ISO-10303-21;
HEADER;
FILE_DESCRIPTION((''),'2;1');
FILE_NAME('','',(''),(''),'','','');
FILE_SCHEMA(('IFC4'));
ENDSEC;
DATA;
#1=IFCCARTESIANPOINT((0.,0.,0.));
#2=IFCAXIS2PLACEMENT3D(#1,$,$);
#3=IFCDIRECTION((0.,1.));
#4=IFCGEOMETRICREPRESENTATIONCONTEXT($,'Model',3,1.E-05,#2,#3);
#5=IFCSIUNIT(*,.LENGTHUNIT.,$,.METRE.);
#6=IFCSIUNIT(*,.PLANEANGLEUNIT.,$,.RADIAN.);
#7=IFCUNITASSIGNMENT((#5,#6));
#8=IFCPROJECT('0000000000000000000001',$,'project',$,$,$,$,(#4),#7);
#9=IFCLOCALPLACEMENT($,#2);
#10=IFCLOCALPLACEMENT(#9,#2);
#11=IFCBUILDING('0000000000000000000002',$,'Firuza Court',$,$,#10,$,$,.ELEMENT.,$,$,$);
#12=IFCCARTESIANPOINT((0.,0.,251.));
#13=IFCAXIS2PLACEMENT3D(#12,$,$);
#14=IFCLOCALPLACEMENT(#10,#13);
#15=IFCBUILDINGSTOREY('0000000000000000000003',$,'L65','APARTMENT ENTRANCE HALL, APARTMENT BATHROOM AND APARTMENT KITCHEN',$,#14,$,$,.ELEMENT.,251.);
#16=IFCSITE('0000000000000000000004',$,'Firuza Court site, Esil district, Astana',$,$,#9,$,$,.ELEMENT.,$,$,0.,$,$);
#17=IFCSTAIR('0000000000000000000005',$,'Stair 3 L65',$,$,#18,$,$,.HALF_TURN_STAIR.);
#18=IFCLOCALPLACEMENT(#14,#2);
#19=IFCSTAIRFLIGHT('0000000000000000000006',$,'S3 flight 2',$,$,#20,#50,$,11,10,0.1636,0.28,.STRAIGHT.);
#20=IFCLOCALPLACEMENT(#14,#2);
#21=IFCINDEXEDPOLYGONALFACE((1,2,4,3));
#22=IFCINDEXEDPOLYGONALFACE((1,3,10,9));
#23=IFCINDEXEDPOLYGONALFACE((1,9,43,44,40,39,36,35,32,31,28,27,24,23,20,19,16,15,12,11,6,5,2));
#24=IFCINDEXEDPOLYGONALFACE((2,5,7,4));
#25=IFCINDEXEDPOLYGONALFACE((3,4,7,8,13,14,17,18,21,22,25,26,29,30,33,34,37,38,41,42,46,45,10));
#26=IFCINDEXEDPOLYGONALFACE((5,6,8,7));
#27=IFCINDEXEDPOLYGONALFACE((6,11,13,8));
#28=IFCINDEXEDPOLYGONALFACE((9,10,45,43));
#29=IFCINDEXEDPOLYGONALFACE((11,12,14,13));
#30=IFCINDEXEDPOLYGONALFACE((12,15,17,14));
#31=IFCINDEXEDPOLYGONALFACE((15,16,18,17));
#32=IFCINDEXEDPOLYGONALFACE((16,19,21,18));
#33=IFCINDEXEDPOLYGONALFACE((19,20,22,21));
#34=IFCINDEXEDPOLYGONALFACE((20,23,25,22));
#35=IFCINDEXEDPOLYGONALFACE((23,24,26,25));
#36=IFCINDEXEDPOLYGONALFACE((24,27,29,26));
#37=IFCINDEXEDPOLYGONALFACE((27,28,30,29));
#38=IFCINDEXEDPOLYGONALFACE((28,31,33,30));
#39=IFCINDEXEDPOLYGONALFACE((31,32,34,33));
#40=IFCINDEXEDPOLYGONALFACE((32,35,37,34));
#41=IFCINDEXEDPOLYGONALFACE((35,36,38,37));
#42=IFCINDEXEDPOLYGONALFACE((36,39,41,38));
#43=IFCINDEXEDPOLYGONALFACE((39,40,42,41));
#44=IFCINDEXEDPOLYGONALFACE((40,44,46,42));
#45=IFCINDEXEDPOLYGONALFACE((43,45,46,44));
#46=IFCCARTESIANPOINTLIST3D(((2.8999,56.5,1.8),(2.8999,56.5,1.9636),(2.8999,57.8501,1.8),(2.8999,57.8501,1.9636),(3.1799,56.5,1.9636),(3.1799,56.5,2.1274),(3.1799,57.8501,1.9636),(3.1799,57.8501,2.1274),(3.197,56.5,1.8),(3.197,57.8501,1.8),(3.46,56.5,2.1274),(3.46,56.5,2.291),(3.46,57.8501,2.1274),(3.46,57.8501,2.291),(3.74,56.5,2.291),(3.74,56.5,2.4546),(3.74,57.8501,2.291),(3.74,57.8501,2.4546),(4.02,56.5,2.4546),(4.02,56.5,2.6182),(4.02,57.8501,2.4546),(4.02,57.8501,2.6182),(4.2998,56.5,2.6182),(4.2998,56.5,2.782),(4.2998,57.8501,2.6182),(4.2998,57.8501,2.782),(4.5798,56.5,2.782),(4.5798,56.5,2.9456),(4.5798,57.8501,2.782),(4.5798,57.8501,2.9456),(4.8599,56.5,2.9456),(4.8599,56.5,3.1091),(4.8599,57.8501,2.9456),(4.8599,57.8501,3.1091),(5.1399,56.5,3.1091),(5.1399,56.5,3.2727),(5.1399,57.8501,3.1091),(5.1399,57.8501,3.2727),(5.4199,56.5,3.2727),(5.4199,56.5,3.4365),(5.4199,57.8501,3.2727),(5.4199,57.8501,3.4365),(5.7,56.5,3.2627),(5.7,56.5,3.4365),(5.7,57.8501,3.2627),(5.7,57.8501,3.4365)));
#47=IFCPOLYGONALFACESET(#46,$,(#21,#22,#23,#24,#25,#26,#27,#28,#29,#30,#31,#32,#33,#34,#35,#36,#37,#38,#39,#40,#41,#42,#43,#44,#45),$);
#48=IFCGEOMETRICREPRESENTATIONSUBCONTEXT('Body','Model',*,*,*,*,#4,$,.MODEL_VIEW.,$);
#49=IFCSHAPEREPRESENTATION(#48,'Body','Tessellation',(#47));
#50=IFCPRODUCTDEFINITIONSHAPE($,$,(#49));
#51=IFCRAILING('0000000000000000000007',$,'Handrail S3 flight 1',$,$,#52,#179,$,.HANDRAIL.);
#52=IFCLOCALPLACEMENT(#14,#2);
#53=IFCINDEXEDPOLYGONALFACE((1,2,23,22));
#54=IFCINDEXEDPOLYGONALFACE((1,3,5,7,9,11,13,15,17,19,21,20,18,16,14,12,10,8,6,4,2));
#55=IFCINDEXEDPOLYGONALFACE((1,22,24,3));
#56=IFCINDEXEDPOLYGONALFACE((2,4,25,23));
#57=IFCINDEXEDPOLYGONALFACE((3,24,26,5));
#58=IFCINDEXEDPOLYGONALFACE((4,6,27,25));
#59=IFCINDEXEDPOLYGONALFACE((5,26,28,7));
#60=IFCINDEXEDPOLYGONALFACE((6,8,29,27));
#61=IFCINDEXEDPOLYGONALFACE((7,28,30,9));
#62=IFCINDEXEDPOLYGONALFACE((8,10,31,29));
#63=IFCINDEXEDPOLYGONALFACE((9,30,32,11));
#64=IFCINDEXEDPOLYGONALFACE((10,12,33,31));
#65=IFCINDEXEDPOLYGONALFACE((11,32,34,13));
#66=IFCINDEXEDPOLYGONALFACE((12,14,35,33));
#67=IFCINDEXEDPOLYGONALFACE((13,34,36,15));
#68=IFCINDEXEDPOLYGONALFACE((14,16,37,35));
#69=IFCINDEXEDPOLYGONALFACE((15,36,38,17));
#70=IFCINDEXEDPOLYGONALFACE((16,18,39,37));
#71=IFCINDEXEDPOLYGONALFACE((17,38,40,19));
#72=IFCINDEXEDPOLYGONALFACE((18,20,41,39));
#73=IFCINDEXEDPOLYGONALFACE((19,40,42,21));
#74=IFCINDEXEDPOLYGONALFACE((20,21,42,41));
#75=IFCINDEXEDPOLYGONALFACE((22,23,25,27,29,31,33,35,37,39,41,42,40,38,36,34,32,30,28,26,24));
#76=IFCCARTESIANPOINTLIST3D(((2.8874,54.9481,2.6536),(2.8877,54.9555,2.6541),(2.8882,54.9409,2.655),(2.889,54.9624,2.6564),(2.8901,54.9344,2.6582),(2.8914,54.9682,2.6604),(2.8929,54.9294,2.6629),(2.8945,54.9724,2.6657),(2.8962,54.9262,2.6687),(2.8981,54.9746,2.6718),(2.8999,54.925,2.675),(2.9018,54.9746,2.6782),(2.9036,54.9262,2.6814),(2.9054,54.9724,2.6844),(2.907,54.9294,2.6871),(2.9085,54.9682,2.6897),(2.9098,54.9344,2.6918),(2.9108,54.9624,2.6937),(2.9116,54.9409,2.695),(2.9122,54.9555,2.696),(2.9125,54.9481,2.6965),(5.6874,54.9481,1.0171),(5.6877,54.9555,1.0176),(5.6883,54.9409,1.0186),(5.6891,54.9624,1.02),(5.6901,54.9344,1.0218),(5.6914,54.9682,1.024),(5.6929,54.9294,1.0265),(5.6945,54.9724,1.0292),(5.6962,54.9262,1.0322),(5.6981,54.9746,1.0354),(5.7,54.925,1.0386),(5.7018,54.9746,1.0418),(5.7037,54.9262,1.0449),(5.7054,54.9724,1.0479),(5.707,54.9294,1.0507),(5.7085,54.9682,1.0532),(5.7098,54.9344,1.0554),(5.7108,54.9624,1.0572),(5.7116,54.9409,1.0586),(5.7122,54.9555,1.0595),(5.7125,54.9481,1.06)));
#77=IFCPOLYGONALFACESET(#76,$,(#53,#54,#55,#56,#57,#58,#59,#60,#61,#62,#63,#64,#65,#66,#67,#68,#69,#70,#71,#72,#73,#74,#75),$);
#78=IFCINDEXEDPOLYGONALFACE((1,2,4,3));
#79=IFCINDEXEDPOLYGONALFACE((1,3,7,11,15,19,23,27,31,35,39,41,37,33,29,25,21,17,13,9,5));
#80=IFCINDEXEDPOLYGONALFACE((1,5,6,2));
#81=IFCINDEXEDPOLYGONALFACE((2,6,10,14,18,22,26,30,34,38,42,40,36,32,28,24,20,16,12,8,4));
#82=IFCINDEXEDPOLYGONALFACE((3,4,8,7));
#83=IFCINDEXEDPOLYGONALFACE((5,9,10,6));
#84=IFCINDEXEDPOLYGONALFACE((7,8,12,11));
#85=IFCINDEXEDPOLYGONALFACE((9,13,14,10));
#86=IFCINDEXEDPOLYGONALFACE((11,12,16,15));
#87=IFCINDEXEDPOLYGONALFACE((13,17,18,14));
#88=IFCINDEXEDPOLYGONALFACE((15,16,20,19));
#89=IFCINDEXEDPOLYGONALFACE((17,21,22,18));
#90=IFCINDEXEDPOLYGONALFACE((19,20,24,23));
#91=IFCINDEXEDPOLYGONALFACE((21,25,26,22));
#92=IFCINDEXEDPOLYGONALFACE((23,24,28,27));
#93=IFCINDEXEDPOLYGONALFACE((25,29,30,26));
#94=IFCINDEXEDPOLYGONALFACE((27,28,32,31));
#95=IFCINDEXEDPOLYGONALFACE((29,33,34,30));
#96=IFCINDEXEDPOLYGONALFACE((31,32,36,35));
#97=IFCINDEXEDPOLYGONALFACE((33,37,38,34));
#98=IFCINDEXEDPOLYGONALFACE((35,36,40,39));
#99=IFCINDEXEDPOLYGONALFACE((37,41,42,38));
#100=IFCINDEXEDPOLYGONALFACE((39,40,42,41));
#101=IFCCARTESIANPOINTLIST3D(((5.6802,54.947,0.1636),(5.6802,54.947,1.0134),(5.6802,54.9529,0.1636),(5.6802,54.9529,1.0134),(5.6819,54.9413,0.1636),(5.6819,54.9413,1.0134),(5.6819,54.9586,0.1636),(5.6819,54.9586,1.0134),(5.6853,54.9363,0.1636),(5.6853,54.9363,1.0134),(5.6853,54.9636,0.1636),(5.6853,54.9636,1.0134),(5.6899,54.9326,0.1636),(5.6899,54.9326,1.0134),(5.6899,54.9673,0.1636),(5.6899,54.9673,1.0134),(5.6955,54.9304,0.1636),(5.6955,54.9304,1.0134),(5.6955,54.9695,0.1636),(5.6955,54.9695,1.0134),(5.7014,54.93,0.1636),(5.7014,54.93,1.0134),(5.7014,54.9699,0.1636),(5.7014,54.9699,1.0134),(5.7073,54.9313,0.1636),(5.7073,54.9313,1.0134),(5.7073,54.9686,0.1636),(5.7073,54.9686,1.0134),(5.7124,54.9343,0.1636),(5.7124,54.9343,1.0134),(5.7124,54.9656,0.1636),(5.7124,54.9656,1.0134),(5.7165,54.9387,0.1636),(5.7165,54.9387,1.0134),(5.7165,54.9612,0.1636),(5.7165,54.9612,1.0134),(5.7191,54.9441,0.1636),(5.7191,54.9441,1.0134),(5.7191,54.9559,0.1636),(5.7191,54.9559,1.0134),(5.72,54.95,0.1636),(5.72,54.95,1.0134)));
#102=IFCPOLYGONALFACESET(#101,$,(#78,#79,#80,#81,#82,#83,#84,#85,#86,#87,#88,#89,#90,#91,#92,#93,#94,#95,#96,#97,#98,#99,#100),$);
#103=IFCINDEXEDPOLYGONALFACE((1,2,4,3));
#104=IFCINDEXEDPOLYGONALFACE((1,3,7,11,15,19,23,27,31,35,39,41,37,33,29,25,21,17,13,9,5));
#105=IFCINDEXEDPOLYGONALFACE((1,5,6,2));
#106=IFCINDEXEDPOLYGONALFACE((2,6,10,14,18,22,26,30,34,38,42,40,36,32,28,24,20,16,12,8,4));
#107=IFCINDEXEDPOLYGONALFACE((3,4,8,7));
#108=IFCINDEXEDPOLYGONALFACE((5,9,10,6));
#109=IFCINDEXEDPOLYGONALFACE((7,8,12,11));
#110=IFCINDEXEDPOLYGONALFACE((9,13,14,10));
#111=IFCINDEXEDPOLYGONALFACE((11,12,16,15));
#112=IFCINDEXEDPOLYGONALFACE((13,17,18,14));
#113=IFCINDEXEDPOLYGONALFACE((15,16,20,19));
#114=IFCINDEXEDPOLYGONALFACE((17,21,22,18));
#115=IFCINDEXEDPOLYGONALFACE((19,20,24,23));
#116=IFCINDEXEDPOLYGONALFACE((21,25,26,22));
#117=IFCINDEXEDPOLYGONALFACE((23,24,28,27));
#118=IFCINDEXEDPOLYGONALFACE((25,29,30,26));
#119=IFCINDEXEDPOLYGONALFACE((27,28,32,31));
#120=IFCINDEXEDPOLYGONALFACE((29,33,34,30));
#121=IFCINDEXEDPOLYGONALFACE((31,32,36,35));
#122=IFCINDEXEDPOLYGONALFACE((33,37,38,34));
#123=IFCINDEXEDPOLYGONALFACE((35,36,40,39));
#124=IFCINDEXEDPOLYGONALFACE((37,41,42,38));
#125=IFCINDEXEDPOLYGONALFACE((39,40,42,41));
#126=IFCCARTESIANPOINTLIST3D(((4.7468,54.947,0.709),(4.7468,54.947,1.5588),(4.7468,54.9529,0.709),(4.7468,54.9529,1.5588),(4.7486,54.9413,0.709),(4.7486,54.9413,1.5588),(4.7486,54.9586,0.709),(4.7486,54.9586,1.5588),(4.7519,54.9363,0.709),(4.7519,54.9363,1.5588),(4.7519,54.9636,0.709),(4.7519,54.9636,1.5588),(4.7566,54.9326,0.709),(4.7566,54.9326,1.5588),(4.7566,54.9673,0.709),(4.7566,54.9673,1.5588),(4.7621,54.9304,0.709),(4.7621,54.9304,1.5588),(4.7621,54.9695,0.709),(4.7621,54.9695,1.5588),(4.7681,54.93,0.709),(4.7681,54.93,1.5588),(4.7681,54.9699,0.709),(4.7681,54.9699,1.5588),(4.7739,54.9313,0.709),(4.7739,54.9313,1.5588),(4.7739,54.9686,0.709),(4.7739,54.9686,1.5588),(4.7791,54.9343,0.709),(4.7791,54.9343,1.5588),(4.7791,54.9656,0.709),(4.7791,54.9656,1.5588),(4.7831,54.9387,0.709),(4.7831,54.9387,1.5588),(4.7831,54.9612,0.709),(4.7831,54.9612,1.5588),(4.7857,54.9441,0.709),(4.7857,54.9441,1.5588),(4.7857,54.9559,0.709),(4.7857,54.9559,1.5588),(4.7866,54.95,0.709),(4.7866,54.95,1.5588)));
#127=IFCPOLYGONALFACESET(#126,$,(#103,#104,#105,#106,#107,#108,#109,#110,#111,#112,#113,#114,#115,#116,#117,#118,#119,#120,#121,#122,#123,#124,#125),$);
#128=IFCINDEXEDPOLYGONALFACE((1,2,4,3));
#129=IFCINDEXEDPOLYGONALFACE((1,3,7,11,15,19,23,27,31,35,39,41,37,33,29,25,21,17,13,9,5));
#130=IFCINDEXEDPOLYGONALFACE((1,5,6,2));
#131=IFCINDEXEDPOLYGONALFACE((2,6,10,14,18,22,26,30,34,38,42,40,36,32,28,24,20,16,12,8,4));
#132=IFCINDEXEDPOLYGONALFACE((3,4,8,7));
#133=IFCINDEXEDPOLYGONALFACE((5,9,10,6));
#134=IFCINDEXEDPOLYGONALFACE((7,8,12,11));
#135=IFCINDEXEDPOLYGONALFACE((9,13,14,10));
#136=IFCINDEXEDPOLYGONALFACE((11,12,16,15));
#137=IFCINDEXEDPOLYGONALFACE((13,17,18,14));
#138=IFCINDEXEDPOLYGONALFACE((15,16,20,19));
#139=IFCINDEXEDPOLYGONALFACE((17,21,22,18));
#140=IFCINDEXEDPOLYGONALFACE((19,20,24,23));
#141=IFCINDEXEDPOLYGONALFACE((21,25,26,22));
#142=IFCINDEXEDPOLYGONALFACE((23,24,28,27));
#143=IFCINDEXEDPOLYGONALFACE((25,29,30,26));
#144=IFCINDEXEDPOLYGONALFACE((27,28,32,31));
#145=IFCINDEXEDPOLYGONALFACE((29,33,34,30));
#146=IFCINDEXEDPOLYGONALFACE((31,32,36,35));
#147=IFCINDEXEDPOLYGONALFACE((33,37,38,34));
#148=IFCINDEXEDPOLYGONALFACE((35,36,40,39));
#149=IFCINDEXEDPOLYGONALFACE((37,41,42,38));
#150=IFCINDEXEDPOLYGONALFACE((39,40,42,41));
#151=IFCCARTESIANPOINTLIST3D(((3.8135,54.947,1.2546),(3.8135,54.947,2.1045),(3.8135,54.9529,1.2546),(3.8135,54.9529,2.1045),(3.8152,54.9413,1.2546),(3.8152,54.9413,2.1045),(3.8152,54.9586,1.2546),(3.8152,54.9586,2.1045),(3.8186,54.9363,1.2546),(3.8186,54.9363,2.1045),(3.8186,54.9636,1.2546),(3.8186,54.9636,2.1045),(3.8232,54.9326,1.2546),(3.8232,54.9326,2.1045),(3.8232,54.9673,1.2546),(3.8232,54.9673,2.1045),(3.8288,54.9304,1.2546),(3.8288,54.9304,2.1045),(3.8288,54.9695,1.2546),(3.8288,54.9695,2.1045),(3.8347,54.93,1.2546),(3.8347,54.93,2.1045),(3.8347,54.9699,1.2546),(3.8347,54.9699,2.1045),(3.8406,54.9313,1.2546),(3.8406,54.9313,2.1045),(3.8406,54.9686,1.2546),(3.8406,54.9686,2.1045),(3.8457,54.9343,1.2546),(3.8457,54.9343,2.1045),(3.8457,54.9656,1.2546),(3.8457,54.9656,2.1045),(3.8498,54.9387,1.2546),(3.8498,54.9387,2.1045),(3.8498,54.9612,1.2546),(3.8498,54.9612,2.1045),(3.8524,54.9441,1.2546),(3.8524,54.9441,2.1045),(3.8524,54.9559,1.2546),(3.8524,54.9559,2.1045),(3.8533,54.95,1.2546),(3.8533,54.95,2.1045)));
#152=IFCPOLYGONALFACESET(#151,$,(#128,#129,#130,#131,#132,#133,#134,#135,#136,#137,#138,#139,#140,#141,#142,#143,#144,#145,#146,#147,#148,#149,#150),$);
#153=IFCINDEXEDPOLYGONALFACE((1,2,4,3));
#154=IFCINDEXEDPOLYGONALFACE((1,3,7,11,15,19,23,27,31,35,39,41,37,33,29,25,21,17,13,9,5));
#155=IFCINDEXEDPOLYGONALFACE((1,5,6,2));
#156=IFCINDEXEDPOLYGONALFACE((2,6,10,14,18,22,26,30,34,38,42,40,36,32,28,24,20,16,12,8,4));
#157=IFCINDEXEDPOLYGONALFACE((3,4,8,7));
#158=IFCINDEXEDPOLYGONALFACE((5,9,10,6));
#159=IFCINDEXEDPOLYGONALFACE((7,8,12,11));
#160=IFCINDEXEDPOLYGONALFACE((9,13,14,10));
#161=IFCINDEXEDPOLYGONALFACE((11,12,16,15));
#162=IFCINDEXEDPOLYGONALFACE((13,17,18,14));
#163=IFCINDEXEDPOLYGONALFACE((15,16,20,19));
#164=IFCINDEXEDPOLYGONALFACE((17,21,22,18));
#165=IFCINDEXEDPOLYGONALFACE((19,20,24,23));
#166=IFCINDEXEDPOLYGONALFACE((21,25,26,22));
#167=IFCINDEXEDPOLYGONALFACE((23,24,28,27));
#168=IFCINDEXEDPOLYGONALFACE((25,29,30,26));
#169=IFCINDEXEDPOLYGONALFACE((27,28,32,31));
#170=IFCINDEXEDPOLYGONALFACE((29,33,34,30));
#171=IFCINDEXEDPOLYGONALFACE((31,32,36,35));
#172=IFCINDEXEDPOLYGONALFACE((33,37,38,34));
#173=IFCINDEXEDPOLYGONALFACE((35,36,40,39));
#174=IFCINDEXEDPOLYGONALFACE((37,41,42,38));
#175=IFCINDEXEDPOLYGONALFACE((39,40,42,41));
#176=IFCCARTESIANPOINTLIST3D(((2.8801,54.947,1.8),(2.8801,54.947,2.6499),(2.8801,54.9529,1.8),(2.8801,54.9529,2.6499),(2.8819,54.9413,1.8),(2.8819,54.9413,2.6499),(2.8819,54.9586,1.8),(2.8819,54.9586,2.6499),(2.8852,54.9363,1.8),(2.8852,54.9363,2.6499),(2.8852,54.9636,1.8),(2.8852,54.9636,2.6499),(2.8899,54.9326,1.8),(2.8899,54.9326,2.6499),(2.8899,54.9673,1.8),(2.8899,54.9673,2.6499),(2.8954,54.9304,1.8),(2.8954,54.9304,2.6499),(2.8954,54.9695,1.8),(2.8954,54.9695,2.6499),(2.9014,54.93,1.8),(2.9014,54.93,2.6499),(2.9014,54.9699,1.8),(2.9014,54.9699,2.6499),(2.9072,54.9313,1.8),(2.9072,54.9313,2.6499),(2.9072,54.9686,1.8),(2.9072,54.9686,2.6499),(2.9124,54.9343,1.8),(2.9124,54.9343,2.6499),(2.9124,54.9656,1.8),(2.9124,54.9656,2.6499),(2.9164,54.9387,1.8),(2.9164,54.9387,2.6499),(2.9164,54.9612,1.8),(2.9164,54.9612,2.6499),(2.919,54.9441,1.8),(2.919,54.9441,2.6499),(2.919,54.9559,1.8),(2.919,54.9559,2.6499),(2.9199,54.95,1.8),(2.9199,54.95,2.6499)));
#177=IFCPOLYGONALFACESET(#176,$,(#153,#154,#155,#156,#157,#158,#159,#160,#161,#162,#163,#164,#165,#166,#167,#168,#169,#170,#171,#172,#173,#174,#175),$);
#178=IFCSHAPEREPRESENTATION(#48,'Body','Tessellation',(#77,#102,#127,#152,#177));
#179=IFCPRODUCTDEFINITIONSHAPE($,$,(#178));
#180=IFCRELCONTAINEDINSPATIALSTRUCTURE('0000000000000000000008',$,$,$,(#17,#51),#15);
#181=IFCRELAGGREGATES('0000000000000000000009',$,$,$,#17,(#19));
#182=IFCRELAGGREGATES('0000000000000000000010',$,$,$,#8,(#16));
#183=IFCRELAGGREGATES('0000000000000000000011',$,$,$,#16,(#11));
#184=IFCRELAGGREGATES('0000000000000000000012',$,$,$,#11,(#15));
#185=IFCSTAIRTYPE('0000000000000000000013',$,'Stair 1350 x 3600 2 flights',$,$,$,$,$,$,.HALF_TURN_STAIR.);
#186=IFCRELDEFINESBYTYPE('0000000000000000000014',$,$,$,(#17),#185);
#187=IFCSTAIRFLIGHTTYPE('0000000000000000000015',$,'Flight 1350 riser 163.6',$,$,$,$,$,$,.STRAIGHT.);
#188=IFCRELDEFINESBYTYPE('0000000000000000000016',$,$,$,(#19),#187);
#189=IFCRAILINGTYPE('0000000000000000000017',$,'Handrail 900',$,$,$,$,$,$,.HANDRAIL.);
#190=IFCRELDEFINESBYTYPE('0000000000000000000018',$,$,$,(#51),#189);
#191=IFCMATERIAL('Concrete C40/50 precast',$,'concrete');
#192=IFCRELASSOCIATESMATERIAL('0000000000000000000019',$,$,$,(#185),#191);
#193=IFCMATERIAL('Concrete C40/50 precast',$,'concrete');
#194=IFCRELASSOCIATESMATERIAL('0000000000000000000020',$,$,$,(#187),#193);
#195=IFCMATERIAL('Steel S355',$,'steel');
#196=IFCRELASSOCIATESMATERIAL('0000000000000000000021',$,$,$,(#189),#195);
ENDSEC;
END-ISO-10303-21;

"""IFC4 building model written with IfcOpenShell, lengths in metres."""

from ifc_helpers import new_model, si_unit, direction, frame, origin, origin_2d, place, context, subcontext, project, spatial, polyline, circle, outline, extrude, material, type_object, element, aggregate, save


model = new_model("IFC4")

# Units and contexts
model_context = context("Model", 3, precision=1e-05, world=origin(), true_north=direction((0.0, 1.0)))
body_context = subcontext(model_context, "Body", "Model", "MODEL_VIEW")
ifc_project = project(units=[si_unit("LENGTHUNIT", "METRE"), si_unit("PLANEANGLEUNIT", "RADIAN")], contexts=[model_context])

# Site, building, storey
site_placement = place(None, origin())
site = spatial("IfcSite", under=ifc_project, at=site_placement, Name="Firuza Court site, Esil district, Astana", CompositionType="ELEMENT", RefElevation=0.0)
building_placement = place(site_placement, origin())
building = spatial("IfcBuilding", under=site, at=building_placement, Name="Firuza Court", CompositionType="ELEMENT")
storey_placement = place(building_placement, frame((0.0, 0.0, 251.0)))
storey = spatial("IfcBuildingStorey", under=building, at=storey_placement, Name="L65", Description="APARTMENT ENTRANCE HALL, APARTMENT BATHROOM AND APARTMENT KITCHEN", CompositionType="ELEMENT", Elevation=251.0)

# Stair, stair flight
ifc_material_1 = material(Name="Concrete C40/50 precast", Category="concrete")
stair_type = type_object("IfcStairType", Name="Stair 1350 x 3600 2 flights", PredefinedType="HALF_TURN_STAIR", material=ifc_material_1)
stair_placement = place(storey_placement, origin())
stair = element("IfcStair", 1, at=stair_placement, inside=storey, type_object=stair_type, Name="Stair 3 L65", PredefinedType="HALF_TURN_STAIR")
ifc_material_2 = material(Name="Concrete C40/50 precast", Category="concrete")
stair_flight_type = type_object("IfcStairFlightType", Name="Flight 1350 riser 163.6", PredefinedType="STRAIGHT", material=ifc_material_2)
stair_flight_1_placement = place(storey_placement, frame((2.8999, 57.175, 1.8), z_axis=(0.0, 0.0, 1.0), x_axis=(1.0, 0.0, 0.0)))
stair_flight_1 = element("IfcStairFlight", 2, at=stair_flight_1_placement, type_object=stair_flight_type, Name="S3 flight 2", NumberOfRisers=11, NumberOfTreads=10, PredefinedType="STRAIGHT", RiserHeight=0.1636, TreadLength=0.28, context=body_context, shape_type="SweptSolid", body=[
    extrude(outline(polyline([(0.0, 0.0), (0.0, 0.1636), (0.28, 0.1636), (0.28, 0.3274), (0.5601, 0.3274), (0.5601, 0.491), (0.8401, 0.491), (0.8401, 0.6545), (1.1201, 0.6545), (1.1201, 0.8181), (1.3999, 0.8181), (1.3999, 0.9819), (1.6799, 0.9819), (1.6799, 1.1455), (1.96, 1.1455), (1.96, 1.3091), (2.24, 1.3091), (2.24, 1.4727), (2.52, 1.4727), (2.52, 1.6365), (2.8, 1.6365), (2.8, 1.8), (2.8, 1.4626), (0.2971, 0.0), (0.0, 0.0)])), frame((0.0, 0.675, 0.0), z_axis=(0.0, -1.0, 0.0), x_axis=(1.0, 0.0, 0.0)), (0.0, 0.0, 1.0), 1.3501),
])
aggregate(stair, [stair_flight_1])

# Railing
ifc_material_3 = material(Name="Steel S355", Category="steel")
railing_type_1 = type_object("IfcRailingType", Name="Handrail 900", PredefinedType="HANDRAIL", material=ifc_material_3)
railing_1_placement = place(storey_placement, frame((5.7, 54.95, 0.1636)))
element("IfcRailing", 3, at=railing_1_placement, inside=storey, type_object=railing_type_1, Name="Handrail S3 flight 1", PredefinedType="HANDRAIL", context=body_context, shape_type="SweptSolid", body=[
    extrude(circle(Radius=0.0249, at=origin_2d()), frame((0.0, 0.0, 0.875), z_axis=(-0.863361, 0.0, 0.504587), x_axis=(0.0, -1.0, 0.0)), (0.0, 0.0, 1.0), 3.2432),
    extrude(circle(Radius=0.02, at=origin_2d()), origin(), (0.0, 0.0, 1.0), 0.8499),
    extrude(circle(Radius=0.02, at=origin_2d()), frame((-0.9333, 0.0, 0.5454)), (0.0, 0.0, 1.0), 0.8499),
    extrude(circle(Radius=0.02, at=origin_2d()), frame((-1.8667, 0.0, 1.0911)), (0.0, 0.0, 1.0), 0.8499),
    extrude(circle(Radius=0.02, at=origin_2d()), frame((-2.8, 0.0, 1.6365)), (0.0, 0.0, 1.0), 0.8499),
])

save(model, "model.ifc")
